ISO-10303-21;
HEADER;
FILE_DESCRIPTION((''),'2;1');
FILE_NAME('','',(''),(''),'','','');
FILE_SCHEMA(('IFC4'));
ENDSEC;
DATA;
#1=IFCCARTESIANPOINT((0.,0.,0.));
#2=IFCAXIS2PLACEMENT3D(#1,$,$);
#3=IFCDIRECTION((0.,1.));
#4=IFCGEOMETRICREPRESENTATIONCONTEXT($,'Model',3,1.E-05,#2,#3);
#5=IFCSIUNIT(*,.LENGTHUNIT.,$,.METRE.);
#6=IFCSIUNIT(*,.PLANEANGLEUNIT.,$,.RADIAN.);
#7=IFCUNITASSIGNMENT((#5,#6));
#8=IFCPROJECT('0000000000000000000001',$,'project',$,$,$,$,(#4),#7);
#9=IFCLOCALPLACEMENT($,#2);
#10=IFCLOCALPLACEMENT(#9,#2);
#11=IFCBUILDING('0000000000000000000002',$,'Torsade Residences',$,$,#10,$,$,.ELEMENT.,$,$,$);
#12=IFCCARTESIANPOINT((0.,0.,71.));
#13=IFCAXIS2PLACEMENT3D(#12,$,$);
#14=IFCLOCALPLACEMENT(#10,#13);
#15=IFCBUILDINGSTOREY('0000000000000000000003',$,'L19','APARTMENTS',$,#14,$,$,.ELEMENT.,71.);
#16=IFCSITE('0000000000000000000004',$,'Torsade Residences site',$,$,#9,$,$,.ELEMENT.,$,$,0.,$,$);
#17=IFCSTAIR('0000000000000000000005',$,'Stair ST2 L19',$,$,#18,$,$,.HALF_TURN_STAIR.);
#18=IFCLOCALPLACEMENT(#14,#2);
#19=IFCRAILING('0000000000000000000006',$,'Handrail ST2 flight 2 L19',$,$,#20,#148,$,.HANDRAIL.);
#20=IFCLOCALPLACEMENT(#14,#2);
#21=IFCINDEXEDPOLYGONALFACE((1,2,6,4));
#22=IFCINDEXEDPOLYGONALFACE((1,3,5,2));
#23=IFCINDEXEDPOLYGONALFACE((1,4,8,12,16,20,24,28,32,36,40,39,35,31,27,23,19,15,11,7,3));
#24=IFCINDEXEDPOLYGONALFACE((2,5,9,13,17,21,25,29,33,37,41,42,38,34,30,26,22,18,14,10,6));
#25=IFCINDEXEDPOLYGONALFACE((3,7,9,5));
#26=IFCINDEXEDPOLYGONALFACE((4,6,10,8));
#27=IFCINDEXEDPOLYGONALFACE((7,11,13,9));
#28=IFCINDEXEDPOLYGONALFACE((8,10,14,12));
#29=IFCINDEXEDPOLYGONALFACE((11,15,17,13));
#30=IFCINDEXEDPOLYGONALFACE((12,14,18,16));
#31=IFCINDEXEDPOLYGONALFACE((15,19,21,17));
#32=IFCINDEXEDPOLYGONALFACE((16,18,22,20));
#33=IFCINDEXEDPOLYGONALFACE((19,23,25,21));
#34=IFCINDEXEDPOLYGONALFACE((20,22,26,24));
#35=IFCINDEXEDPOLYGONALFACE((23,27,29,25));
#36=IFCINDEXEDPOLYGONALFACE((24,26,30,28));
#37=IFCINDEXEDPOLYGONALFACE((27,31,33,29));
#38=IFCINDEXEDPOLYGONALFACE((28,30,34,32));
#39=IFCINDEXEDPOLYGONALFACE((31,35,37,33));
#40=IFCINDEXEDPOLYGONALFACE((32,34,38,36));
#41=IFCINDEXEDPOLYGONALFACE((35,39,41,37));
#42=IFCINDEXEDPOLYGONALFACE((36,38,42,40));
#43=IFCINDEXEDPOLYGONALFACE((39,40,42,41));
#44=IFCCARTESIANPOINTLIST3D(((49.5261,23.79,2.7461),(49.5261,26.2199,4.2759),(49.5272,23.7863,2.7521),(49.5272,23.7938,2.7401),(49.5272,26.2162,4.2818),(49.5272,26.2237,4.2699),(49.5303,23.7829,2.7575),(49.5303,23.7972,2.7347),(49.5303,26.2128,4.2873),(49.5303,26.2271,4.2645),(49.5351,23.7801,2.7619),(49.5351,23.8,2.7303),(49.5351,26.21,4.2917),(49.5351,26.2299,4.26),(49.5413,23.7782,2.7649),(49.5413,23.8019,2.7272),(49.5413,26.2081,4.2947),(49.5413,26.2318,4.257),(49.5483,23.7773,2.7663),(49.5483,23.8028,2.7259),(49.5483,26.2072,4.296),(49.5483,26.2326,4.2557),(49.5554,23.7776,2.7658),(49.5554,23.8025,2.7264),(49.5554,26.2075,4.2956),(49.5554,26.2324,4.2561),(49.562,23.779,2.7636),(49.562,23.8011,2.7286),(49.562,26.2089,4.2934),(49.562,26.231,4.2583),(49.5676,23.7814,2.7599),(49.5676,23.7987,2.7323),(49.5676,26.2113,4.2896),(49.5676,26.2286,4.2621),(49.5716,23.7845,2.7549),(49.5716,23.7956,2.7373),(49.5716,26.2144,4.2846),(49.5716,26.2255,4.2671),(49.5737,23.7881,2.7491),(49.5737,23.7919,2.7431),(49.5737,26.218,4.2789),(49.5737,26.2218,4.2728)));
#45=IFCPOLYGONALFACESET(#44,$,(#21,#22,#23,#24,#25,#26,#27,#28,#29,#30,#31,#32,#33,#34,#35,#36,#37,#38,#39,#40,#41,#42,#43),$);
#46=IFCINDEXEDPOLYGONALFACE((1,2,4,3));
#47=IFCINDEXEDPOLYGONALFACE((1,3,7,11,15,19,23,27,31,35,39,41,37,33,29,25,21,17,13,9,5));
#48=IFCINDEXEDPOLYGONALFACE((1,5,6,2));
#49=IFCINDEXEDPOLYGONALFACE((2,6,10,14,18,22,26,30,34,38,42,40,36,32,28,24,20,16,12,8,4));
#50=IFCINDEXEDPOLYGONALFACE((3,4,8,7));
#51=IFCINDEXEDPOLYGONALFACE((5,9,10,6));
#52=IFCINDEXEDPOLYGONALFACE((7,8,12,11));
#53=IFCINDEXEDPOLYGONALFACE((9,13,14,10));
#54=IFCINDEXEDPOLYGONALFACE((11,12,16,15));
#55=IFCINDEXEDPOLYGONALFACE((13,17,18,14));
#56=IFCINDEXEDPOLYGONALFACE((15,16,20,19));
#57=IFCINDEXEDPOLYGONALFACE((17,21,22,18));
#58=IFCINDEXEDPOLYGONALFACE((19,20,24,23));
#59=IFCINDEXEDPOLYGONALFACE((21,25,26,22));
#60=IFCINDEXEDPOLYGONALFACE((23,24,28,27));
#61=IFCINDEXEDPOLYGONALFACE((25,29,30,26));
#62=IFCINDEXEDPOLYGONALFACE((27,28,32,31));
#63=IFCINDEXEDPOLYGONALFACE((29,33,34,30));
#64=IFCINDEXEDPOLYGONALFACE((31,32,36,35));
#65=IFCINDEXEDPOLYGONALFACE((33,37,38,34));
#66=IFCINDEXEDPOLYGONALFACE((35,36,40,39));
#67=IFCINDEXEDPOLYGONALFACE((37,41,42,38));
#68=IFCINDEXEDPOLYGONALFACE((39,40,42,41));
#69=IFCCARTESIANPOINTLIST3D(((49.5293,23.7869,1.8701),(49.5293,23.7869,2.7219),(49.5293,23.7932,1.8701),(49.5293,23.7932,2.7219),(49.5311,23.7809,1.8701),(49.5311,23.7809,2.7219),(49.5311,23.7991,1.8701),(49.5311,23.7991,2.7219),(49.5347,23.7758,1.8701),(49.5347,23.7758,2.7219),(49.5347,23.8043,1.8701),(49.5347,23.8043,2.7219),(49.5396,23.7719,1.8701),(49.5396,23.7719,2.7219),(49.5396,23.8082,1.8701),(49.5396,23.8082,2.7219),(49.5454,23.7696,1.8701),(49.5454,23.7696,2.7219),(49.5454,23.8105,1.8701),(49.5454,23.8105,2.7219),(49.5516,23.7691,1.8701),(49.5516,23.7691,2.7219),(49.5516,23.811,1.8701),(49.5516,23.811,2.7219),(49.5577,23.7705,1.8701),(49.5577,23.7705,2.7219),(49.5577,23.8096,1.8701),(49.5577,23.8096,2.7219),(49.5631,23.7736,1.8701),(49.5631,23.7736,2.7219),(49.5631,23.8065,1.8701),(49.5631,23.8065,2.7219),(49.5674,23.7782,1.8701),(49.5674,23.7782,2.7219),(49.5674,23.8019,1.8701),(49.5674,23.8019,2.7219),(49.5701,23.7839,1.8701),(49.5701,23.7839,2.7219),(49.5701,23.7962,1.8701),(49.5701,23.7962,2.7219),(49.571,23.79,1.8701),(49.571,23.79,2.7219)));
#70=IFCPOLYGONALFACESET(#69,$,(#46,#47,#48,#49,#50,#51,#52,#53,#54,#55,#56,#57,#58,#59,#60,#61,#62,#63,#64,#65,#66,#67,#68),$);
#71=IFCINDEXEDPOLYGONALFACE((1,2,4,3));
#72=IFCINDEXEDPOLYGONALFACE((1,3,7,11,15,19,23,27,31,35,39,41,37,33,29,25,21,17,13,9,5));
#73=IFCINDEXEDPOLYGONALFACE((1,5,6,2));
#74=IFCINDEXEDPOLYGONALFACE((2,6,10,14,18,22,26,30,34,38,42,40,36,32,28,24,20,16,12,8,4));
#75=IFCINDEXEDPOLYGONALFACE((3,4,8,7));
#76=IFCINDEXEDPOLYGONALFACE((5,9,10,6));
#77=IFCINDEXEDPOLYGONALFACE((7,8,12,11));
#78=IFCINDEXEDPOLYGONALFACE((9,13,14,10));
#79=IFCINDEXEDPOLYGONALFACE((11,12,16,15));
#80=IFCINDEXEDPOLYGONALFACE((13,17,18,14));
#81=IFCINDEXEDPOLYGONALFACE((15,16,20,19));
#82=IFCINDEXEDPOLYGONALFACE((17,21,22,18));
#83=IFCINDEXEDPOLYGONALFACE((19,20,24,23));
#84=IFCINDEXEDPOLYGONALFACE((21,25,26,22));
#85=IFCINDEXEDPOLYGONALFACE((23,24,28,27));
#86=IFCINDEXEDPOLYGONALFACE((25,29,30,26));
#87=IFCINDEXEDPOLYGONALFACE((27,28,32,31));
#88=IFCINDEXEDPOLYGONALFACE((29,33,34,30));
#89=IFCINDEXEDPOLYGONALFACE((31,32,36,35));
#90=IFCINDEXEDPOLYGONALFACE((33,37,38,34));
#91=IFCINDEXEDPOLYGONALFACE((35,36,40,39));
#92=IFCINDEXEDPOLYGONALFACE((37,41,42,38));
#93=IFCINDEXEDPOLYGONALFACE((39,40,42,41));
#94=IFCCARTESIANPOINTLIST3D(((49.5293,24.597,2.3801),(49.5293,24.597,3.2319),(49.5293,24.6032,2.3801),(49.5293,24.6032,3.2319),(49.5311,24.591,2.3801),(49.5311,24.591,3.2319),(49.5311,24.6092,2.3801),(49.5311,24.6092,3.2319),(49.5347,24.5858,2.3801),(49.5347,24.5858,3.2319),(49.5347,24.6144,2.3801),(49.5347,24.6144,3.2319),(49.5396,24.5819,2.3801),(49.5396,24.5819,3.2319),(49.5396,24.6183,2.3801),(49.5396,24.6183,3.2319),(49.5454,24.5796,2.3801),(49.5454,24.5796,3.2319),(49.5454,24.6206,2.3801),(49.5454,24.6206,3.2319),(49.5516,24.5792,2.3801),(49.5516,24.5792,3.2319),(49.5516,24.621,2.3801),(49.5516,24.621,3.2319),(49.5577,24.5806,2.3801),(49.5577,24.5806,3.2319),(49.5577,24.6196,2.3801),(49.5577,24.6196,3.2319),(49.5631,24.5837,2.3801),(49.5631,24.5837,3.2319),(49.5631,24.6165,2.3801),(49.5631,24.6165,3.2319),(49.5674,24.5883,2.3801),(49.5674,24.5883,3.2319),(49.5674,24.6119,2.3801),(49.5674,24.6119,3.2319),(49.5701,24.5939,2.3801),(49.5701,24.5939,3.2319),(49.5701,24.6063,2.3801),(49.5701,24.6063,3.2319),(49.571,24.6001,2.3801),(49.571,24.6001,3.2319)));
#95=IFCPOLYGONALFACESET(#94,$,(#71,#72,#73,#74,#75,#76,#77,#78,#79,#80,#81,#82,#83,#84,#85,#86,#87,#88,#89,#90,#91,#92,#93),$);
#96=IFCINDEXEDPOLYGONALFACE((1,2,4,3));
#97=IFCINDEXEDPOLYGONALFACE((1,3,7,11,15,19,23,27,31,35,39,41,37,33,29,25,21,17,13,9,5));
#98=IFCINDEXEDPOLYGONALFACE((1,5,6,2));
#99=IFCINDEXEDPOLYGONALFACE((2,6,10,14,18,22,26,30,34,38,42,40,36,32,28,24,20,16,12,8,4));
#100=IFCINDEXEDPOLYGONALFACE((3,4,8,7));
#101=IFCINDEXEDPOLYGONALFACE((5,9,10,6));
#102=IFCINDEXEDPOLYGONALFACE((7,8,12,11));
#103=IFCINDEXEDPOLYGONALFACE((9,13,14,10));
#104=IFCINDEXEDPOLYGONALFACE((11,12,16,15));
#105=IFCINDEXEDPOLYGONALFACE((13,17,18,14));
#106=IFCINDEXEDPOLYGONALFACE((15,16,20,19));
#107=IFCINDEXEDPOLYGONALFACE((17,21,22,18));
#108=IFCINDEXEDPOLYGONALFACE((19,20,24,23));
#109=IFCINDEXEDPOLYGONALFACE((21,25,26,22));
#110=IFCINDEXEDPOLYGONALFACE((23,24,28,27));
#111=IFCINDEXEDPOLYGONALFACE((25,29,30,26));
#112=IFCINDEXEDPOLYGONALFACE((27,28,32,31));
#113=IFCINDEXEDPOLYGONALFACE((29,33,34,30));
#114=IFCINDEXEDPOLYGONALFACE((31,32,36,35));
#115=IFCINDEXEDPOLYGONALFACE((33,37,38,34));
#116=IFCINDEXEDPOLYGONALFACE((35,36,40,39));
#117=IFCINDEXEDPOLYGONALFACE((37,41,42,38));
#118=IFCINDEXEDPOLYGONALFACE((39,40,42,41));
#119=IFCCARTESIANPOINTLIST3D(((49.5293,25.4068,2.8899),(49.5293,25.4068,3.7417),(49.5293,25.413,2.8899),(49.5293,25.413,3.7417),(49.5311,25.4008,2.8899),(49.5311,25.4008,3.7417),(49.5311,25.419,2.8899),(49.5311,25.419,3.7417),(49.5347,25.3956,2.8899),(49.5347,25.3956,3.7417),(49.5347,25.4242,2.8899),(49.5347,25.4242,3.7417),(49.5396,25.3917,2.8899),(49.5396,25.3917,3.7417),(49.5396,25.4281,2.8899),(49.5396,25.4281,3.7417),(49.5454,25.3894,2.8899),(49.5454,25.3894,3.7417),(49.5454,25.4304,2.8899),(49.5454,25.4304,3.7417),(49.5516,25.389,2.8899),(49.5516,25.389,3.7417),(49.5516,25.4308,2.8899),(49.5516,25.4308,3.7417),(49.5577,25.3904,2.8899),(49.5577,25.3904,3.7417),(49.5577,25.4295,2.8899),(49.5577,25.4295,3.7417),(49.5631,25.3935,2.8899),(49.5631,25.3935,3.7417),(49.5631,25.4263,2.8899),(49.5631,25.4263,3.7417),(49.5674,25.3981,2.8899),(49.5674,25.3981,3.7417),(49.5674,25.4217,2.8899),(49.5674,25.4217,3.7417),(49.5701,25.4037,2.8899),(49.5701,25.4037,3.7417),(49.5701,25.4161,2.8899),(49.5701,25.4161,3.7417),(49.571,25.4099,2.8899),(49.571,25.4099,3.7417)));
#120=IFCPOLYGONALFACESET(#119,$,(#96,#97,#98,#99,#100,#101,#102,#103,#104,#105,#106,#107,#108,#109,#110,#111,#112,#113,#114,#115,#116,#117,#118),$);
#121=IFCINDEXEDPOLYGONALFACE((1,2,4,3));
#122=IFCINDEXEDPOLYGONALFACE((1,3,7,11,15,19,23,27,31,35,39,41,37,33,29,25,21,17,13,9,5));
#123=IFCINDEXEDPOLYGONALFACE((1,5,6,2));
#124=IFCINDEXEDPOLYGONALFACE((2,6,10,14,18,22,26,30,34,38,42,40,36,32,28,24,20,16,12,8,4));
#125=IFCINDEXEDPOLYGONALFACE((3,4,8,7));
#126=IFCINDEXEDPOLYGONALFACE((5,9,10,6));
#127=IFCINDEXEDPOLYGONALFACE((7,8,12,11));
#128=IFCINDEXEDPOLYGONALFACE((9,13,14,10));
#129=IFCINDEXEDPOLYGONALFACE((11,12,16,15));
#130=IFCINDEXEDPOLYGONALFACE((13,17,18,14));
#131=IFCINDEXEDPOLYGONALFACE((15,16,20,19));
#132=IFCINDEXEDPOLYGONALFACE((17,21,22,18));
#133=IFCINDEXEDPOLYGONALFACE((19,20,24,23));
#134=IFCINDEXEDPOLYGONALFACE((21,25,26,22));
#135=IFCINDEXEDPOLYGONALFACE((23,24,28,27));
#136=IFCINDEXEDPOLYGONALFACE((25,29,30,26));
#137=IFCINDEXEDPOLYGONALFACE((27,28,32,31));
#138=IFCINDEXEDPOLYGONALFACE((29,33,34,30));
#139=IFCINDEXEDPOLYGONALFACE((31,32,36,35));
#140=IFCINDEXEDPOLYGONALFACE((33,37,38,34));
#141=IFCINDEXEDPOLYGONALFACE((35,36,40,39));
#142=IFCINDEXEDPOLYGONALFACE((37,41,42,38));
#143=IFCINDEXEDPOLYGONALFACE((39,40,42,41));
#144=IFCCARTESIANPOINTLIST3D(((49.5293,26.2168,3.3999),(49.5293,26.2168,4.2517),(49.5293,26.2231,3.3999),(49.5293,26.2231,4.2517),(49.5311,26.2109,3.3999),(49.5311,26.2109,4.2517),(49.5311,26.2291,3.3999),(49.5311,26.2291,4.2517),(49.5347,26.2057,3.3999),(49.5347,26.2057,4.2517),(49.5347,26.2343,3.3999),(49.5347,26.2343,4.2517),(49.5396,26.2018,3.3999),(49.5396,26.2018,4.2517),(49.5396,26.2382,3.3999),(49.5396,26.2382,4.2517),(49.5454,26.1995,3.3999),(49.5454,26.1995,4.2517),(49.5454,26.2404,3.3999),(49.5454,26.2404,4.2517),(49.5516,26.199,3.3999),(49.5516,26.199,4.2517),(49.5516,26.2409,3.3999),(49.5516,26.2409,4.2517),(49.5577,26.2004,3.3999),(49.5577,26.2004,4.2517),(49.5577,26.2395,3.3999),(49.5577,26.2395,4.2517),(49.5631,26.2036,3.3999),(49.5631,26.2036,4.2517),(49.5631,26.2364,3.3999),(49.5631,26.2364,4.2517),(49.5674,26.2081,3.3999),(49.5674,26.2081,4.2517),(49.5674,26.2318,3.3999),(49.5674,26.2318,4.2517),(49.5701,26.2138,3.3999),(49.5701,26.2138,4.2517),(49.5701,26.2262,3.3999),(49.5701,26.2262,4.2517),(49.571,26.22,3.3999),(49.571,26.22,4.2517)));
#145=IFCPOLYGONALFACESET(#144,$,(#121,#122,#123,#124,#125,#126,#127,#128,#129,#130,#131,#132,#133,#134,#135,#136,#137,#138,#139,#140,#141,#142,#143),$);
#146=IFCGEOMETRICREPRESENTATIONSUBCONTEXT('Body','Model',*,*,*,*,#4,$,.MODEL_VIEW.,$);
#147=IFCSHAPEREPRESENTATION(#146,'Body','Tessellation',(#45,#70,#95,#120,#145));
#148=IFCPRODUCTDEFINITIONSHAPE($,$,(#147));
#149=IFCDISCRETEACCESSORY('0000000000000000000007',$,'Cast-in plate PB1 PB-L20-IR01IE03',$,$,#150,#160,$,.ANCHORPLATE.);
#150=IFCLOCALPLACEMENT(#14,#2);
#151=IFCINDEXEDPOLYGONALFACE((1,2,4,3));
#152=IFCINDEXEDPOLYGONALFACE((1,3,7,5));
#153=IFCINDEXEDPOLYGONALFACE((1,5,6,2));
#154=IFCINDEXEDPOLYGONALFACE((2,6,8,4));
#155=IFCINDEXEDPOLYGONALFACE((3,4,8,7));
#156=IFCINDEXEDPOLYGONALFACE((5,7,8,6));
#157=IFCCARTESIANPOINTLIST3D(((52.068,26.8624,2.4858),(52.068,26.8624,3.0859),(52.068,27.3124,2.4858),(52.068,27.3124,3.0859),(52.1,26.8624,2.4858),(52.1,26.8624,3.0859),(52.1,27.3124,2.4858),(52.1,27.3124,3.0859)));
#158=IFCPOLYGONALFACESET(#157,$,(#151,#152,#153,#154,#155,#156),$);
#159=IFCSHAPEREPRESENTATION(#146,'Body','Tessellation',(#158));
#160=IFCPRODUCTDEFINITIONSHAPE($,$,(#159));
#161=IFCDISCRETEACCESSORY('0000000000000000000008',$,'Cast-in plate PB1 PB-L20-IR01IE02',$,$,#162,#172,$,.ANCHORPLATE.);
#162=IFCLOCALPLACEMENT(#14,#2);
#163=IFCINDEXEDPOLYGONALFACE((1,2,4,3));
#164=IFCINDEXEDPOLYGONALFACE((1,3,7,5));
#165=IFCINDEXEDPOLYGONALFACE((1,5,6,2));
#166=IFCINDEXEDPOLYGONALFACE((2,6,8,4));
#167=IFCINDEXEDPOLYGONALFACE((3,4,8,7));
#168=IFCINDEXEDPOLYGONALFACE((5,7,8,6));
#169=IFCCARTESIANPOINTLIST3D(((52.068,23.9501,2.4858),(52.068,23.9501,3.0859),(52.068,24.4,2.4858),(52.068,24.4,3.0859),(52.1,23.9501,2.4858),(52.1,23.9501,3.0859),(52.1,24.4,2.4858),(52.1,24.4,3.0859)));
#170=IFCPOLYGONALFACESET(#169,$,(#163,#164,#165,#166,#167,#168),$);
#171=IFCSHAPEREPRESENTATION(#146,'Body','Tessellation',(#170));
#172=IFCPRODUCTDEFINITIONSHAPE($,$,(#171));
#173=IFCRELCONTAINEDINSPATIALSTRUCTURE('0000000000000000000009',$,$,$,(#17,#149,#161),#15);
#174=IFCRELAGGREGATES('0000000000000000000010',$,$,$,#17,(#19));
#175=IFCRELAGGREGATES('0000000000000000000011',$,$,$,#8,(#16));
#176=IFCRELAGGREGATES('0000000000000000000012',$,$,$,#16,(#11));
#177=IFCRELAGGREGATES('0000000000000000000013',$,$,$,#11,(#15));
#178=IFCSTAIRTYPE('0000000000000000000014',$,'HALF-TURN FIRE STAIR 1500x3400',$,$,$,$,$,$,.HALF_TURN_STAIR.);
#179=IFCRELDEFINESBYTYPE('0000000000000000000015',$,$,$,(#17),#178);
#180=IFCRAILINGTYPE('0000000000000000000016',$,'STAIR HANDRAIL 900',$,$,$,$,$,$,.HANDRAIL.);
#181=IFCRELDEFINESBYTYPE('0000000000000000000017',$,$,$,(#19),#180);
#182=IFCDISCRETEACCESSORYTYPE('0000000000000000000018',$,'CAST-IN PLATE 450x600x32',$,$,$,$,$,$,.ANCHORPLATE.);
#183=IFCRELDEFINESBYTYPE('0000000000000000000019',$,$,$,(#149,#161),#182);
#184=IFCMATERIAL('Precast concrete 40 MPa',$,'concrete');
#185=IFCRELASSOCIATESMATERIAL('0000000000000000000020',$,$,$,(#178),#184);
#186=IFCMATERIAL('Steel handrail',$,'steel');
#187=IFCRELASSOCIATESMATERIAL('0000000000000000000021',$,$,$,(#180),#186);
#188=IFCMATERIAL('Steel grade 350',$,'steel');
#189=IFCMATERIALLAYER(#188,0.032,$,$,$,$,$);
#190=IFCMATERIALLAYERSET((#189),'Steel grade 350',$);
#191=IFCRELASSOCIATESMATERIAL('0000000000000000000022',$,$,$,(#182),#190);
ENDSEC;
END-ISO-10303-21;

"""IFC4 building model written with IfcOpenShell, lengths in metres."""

from ifc_helpers import new_model, si_unit, direction, frame, origin, origin_2d, place, context, subcontext, project, spatial, rectangle, circle, extrude, material, layer, layer_set, type_object, element, aggregate, save


model = new_model("IFC4")

# Units and contexts
model_context = context("Model", 3, precision=1e-05, world=origin(), true_north=direction((0.0, 1.0)))
body_context = subcontext(model_context, "Body", "Model", "MODEL_VIEW")
ifc_project = project(units=[si_unit("LENGTHUNIT", "METRE"), si_unit("PLANEANGLEUNIT", "RADIAN")], contexts=[model_context])

# Site, building, storey
site_placement = place(None, origin())
site = spatial("IfcSite", under=ifc_project, at=site_placement, Name="Torsade Residences site", CompositionType="ELEMENT", RefElevation=0.0)
building_placement = place(site_placement, origin())
building = spatial("IfcBuilding", under=site, at=building_placement, Name="Torsade Residences", CompositionType="ELEMENT")
storey_placement = place(building_placement, frame((0.0, 0.0, 71.0)))
storey = spatial("IfcBuildingStorey", under=building, at=storey_placement, Name="L19", Description="APARTMENTS", CompositionType="ELEMENT", Elevation=71.0)

# Stair, railing
ifc_material_1 = material(Name="Precast concrete 40 MPa", Category="concrete")
stair_type = type_object("IfcStairType", Name="HALF-TURN FIRE STAIR 1500x3400", PredefinedType="HALF_TURN_STAIR", material=ifc_material_1)
stair_placement = place(storey_placement, origin())
stair = element("IfcStair", 1, at=stair_placement, inside=storey, type_object=stair_type, Name="Stair ST2 L19", PredefinedType="HALF_TURN_STAIR")
ifc_material_2 = material(Name="Steel handrail", Category="steel")
railing_type = type_object("IfcRailingType", Name="STAIR HANDRAIL 900", PredefinedType="HANDRAIL", material=ifc_material_2)
railing_1_placement = place(storey_placement, frame((49.55, 23.79, 1.8701)))
railing_1 = element("IfcRailing", 2, at=railing_1_placement, type_object=railing_type, Name="Handrail ST2 flight 2 L19", PredefinedType="HANDRAIL", context=body_context, shape_type="SweptSolid", body=[
    extrude(circle(Radius=0.0239, at=origin_2d()), frame((0.0, 0.0, 0.876), z_axis=(0.0, 0.84626, 0.53277), x_axis=(-1.0, 0.0, 0.0)), (0.0, 0.0, 1.0), 2.8713),
    extrude(circle(Radius=0.021, at=origin_2d()), origin(), (0.0, 0.0, 1.0), 0.8518),
    extrude(circle(Radius=0.021, at=origin_2d()), frame((0.0, 0.8101, 0.51)), (0.0, 0.0, 1.0), 0.8518),
    extrude(circle(Radius=0.021, at=origin_2d()), frame((0.0, 1.6199, 1.0198)), (0.0, 0.0, 1.0), 0.8518),
    extrude(circle(Radius=0.021, at=origin_2d()), frame((0.0, 2.4299, 1.5298)), (0.0, 0.0, 1.0), 0.8518),
])
aggregate(stair, [railing_1])

# Discrete accessories
ifc_material_3 = material(Name="Steel grade 350", Category="steel")
ifc_layer_1 = layer(ifc_material_3, 0.032)
ifc_layer_set_1 = layer_set([ifc_layer_1], Name="Steel grade 350")
discrete_accessory_type = type_object("IfcDiscreteAccessoryType", Name="CAST-IN PLATE 450x600x32", PredefinedType="ANCHORPLATE", material=ifc_layer_set_1)
for number, where, z_axis, x_axis, name in (
    (3, (52.084, 27.0874, 2.4858), (0.0, 0.0, 1.0), (1.0, 0.0, 0.0), "Cast-in plate PB1 PB-L20-IR01IE03"),
    (4, (52.084, 24.175, 2.4858), (0.0, 0.0, 1.0), (1.0, 0.0, 0.0), "Cast-in plate PB1 PB-L20-IR01IE02"),
):
    element("IfcDiscreteAccessory", number, at=place(storey_placement, frame(where, z_axis=z_axis, x_axis=x_axis)), inside=storey, type_object=discrete_accessory_type, Name=name, PredefinedType="ANCHORPLATE", context=body_context, shape_type="SweptSolid", body=[
        extrude(rectangle(XDim=0.032, YDim=0.45, at=origin_2d()), origin(), (0.0, 0.0, 1.0), 0.6001),
    ])

save(model, "model.ifc")
